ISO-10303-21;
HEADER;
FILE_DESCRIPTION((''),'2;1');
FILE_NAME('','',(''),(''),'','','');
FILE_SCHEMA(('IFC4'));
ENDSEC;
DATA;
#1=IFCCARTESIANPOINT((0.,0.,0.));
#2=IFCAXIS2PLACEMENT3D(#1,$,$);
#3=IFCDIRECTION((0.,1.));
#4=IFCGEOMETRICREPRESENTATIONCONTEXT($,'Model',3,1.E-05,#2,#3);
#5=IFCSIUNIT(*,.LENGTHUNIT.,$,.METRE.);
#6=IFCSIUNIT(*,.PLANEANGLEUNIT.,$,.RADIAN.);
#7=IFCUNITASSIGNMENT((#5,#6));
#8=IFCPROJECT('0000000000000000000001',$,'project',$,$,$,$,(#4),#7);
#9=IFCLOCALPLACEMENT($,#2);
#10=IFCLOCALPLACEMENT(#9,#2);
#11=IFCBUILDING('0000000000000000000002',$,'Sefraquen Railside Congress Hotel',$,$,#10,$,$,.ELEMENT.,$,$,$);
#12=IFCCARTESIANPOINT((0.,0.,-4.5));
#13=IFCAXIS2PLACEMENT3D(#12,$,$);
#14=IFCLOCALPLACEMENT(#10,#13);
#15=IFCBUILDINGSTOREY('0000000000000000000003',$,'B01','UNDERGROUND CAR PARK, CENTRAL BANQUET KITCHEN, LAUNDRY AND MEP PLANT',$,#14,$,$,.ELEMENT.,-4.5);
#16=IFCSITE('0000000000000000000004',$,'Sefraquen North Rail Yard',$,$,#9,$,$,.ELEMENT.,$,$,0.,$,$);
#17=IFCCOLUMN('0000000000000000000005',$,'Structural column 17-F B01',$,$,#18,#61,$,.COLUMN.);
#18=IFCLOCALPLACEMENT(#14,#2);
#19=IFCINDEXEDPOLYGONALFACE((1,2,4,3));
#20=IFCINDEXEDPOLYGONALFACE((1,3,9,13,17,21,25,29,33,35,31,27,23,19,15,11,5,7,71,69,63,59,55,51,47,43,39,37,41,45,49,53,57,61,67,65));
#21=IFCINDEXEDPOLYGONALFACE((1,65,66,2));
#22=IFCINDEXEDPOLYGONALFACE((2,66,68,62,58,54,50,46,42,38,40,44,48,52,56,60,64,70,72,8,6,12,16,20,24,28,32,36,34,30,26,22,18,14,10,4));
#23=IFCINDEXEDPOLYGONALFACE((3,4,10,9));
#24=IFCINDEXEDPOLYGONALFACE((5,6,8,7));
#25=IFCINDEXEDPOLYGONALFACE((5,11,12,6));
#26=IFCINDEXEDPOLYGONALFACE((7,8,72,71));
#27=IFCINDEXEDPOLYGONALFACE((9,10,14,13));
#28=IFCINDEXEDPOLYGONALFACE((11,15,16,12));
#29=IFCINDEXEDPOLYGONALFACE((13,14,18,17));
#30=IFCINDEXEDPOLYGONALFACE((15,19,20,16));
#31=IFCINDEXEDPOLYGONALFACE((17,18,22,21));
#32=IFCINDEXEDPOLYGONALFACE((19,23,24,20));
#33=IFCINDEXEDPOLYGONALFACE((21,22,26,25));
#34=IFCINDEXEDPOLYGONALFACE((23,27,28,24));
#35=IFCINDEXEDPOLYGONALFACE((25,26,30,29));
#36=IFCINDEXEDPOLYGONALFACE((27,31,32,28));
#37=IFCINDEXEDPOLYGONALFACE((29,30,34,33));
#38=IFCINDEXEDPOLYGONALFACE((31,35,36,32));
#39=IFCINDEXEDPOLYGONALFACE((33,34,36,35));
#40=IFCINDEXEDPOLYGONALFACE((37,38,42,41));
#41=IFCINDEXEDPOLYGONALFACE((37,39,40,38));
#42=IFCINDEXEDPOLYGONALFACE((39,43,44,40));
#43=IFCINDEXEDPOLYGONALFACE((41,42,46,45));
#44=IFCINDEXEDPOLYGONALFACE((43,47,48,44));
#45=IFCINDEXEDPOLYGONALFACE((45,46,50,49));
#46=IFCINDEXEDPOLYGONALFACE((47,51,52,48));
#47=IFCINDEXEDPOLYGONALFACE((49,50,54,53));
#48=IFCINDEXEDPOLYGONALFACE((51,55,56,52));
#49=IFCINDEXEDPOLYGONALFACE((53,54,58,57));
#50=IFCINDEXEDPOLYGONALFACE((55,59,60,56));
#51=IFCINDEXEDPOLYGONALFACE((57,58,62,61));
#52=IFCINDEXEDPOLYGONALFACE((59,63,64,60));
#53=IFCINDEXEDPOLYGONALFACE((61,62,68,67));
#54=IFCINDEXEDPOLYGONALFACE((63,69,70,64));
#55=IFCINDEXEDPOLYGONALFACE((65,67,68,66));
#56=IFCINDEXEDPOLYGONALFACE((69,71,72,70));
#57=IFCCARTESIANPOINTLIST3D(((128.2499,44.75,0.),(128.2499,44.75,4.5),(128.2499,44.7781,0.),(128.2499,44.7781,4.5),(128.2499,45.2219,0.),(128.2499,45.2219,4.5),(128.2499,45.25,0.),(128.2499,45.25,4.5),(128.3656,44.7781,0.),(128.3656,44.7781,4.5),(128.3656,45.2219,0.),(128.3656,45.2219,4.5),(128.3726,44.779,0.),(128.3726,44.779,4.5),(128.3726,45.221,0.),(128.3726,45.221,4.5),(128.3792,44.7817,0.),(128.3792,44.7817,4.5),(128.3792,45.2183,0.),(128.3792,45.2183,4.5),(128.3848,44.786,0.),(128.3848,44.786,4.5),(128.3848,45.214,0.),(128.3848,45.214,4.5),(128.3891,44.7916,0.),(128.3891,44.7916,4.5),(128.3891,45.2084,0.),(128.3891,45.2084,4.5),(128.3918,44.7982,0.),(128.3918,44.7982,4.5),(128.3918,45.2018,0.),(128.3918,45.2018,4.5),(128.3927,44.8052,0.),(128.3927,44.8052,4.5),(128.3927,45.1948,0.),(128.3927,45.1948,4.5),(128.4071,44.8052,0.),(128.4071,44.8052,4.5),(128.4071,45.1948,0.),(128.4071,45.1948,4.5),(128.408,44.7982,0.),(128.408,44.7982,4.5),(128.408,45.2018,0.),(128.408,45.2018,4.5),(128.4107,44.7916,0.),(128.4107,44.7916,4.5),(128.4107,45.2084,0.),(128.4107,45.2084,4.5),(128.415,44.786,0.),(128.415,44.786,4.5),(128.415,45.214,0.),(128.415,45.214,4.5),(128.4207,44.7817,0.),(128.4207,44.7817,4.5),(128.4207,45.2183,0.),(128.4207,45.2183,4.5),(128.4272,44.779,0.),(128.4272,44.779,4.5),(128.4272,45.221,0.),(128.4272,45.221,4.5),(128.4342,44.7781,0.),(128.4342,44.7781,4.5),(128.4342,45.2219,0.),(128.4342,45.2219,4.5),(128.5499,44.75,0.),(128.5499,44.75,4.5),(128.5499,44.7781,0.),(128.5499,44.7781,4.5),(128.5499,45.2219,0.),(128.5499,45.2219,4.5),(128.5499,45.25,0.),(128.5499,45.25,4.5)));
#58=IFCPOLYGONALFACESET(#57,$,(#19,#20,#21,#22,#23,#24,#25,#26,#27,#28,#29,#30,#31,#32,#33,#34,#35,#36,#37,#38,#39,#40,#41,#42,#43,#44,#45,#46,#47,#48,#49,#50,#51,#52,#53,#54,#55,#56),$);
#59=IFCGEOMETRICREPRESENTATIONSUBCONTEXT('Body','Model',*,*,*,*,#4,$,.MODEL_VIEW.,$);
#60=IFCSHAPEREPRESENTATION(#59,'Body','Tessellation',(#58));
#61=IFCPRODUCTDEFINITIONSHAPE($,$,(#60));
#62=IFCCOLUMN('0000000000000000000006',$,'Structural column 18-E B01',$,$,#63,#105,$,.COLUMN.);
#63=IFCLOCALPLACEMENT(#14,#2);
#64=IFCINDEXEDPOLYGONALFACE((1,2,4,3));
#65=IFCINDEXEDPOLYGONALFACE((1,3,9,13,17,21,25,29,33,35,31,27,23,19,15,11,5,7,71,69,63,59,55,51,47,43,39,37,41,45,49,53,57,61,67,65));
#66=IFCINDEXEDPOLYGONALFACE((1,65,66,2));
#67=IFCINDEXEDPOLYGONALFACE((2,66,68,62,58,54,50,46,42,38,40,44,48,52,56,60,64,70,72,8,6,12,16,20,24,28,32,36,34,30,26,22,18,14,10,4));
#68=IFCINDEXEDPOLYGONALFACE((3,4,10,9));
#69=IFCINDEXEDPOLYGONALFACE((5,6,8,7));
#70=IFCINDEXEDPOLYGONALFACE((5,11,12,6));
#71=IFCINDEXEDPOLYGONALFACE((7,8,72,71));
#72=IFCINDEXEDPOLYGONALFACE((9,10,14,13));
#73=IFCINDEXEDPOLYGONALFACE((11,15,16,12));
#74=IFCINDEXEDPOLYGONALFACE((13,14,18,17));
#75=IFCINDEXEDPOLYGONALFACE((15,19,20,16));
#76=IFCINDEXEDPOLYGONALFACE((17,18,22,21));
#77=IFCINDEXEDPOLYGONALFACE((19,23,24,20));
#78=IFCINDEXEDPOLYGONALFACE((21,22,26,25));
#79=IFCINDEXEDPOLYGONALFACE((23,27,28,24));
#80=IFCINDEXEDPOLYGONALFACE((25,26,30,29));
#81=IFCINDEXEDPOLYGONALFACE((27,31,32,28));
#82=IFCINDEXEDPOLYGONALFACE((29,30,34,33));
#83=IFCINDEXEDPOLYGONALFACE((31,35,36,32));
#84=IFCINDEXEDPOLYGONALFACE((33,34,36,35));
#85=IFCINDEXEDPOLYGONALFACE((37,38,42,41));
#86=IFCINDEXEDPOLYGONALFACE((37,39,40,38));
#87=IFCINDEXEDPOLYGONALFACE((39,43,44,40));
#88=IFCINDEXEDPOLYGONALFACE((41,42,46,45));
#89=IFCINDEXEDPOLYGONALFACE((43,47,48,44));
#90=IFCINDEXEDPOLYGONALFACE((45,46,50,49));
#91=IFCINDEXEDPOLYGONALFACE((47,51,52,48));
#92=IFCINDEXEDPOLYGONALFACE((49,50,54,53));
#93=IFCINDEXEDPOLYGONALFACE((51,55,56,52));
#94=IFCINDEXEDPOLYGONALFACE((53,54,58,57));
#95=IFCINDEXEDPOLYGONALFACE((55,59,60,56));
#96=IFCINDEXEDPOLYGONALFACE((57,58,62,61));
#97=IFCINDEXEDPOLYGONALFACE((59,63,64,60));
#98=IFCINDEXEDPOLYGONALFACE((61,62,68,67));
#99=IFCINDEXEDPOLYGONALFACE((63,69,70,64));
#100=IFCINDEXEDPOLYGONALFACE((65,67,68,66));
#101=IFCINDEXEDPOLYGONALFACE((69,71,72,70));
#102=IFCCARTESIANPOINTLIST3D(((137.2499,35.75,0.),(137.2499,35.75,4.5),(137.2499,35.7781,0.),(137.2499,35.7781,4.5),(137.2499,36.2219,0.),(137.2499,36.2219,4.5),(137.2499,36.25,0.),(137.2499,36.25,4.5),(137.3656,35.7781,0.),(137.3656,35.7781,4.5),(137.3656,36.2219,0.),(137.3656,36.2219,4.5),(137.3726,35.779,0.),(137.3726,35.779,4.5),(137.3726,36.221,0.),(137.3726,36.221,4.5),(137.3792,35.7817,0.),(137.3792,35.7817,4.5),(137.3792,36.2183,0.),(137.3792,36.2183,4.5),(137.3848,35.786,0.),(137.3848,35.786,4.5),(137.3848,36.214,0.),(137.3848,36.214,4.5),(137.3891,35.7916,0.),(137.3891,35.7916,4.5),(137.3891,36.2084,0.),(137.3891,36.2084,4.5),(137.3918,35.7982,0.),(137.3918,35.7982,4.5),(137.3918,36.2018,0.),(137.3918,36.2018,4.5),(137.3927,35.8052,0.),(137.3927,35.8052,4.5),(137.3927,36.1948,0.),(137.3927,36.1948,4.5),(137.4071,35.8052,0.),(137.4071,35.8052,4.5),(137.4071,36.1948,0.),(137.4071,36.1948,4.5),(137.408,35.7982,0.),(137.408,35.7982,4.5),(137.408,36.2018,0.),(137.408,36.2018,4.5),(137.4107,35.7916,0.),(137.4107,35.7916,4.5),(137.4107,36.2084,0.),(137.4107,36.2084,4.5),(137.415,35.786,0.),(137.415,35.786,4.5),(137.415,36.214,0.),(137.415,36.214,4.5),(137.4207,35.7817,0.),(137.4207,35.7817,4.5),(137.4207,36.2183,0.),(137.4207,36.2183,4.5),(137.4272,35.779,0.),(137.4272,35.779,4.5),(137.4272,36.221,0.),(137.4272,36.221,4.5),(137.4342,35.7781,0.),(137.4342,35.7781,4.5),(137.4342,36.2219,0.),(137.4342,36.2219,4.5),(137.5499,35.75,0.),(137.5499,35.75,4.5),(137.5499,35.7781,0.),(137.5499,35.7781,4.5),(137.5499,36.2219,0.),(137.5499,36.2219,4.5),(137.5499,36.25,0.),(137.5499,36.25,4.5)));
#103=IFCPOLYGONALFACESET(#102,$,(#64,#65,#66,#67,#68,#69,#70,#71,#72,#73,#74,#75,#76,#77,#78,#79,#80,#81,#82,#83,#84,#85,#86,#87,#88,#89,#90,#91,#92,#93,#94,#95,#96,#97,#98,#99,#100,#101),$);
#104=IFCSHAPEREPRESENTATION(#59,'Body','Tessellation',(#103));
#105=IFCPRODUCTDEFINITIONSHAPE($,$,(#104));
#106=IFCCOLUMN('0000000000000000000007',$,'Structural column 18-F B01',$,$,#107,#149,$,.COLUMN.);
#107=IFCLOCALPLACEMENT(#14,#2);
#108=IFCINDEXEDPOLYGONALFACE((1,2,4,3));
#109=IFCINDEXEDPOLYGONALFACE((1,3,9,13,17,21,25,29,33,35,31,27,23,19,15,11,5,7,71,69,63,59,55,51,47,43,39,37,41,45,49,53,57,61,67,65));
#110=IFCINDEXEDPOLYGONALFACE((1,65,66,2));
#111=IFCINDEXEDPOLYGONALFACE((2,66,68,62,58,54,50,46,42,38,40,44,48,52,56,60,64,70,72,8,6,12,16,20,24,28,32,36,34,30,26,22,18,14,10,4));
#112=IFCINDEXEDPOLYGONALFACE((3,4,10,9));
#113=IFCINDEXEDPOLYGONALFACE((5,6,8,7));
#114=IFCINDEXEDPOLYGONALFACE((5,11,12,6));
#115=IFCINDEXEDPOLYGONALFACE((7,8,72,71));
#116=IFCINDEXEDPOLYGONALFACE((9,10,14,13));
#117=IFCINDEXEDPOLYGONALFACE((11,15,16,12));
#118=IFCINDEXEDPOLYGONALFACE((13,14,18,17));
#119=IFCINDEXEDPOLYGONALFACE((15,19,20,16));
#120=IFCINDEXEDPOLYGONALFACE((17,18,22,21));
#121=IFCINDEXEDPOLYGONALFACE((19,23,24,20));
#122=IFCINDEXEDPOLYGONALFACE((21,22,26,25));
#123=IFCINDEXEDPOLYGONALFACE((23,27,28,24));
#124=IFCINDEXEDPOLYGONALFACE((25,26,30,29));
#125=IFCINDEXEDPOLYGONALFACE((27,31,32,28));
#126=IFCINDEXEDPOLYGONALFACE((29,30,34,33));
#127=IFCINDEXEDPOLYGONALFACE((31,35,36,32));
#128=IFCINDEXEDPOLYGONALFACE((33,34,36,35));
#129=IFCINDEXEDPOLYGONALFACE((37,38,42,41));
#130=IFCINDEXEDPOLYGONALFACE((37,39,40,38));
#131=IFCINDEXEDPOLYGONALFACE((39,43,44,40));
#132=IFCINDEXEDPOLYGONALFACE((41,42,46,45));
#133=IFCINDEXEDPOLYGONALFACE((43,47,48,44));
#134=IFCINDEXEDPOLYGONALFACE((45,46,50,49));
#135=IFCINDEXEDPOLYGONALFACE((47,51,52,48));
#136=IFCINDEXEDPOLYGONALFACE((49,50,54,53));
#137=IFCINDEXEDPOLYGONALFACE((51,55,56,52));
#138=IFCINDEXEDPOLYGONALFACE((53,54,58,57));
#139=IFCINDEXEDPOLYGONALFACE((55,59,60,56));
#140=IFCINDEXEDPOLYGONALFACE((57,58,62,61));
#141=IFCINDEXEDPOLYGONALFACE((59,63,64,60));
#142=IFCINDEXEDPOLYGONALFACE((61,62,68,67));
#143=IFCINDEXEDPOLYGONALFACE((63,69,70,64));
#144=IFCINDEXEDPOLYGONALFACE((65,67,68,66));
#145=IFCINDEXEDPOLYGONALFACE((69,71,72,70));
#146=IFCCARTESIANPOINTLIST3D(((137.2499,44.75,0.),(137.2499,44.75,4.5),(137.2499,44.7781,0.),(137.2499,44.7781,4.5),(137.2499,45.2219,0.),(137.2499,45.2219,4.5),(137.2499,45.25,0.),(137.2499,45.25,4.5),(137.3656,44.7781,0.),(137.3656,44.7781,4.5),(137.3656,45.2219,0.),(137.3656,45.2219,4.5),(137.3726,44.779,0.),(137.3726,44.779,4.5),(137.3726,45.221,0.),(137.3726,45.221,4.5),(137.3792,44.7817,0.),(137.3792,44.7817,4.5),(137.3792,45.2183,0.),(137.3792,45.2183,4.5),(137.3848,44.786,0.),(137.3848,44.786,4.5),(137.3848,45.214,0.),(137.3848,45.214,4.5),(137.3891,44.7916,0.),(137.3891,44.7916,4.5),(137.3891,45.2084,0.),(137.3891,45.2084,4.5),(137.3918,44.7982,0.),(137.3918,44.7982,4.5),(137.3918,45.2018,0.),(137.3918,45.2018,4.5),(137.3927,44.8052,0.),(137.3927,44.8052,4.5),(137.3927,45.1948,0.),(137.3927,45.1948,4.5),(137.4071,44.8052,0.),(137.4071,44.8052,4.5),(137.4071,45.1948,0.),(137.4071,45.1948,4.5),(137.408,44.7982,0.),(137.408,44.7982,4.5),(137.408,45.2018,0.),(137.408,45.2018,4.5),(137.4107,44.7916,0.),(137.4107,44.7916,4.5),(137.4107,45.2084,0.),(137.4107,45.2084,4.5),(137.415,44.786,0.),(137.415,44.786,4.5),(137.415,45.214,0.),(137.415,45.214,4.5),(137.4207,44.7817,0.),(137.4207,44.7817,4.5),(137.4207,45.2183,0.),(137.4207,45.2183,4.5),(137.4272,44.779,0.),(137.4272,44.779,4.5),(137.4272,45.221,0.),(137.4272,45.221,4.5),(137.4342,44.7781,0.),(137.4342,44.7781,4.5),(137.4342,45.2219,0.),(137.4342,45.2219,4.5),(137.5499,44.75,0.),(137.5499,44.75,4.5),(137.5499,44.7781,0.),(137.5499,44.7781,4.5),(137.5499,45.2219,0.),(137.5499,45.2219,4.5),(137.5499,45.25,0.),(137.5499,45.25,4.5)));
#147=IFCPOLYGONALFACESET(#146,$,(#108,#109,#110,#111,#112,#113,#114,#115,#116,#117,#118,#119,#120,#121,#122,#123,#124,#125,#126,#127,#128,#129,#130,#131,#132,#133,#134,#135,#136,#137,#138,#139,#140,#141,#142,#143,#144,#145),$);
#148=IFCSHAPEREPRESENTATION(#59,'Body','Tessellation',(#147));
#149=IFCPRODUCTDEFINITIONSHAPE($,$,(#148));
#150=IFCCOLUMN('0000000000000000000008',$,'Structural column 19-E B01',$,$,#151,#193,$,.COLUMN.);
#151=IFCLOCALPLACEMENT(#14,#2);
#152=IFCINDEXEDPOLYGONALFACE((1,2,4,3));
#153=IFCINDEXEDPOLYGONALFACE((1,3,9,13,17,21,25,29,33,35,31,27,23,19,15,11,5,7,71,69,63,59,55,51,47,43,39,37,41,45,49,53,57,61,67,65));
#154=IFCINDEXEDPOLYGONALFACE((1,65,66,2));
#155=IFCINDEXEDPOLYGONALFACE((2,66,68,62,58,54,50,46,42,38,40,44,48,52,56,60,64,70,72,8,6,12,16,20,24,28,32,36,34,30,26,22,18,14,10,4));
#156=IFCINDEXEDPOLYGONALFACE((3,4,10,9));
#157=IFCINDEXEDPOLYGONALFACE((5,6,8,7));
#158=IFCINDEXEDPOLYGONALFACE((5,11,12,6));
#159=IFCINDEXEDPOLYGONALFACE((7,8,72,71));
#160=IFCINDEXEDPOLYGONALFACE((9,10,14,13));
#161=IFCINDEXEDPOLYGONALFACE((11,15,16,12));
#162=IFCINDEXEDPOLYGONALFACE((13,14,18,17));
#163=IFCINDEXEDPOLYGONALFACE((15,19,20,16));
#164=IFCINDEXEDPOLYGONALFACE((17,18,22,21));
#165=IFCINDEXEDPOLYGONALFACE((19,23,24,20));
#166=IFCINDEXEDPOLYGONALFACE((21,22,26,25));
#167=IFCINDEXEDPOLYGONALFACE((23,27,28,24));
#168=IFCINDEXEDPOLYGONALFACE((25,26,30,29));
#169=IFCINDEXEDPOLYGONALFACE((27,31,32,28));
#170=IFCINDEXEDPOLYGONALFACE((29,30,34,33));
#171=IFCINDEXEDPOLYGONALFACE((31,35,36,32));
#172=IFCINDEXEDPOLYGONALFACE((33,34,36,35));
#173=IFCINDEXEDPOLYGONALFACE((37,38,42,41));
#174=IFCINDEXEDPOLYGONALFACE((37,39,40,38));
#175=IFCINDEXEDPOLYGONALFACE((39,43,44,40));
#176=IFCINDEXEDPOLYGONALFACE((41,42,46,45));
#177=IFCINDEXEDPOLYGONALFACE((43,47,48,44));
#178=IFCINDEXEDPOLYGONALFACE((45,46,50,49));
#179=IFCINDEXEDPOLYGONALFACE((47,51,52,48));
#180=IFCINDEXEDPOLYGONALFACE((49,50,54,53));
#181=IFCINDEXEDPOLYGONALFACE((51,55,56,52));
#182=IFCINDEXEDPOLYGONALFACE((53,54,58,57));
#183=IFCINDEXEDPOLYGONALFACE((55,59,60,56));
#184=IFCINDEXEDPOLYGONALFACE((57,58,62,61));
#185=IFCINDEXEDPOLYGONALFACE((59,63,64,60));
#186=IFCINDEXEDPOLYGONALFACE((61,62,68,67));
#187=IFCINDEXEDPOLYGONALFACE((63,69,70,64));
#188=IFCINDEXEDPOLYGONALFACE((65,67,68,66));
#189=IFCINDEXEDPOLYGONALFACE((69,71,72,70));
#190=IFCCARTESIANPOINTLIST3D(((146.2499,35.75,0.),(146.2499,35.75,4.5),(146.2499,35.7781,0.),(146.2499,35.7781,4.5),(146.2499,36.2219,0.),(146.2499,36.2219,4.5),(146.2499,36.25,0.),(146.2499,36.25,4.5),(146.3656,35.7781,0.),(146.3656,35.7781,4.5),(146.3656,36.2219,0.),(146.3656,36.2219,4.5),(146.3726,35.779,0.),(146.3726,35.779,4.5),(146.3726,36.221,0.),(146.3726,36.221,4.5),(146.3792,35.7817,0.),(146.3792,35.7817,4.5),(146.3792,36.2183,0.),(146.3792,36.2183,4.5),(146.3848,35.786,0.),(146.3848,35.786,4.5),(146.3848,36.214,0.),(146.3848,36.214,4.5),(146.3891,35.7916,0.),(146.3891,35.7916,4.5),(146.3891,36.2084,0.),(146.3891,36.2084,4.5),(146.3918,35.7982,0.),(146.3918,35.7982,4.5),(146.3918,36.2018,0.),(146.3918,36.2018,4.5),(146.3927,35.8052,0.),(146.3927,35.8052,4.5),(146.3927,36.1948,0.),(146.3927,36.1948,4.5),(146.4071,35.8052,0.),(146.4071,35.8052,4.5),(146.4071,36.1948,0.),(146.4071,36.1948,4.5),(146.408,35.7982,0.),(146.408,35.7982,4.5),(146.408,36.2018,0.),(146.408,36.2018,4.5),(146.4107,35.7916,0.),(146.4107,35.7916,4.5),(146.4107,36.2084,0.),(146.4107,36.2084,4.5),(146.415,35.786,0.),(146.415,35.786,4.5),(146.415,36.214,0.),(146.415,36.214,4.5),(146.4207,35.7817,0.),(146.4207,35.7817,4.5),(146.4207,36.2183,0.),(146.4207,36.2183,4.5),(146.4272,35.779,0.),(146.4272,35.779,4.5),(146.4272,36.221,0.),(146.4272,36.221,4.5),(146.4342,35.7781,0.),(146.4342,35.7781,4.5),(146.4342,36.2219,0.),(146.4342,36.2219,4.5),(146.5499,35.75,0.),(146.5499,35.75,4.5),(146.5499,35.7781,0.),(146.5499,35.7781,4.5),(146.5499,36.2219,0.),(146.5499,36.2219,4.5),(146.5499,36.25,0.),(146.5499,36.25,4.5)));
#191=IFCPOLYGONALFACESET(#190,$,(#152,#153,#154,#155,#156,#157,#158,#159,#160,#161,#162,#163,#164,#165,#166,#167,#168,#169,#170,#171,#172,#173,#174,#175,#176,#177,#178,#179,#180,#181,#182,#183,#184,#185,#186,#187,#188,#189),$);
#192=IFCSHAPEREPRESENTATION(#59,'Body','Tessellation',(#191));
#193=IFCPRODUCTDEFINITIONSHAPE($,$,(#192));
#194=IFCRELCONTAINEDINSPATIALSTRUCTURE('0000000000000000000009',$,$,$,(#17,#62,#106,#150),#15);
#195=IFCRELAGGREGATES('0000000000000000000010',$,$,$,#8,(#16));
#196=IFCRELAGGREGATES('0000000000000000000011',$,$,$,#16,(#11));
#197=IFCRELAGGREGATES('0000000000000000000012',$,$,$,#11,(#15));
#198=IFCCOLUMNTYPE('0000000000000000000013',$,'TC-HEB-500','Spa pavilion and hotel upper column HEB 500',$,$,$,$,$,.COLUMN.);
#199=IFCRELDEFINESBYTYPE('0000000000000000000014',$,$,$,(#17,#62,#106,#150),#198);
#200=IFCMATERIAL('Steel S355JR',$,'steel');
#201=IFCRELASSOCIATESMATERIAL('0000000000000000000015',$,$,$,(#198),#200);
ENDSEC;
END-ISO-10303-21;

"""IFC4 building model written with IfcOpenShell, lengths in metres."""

from ifc_helpers import new_model, si_unit, direction, frame, origin, origin_2d, place, context, subcontext, project, spatial, i_section, extrude, material, material_profile, profile_set, type_object, element, save


model = new_model("IFC4")

# Units and contexts
model_context = context("Model", 3, precision=1e-05, world=origin(), true_north=direction((0.0, 1.0)))
body_context = subcontext(model_context, "Body", "Model", "MODEL_VIEW")
ifc_project = project(units=[si_unit("LENGTHUNIT", "METRE"), si_unit("PLANEANGLEUNIT", "RADIAN")], contexts=[model_context])

# Site, building, storey
site_placement = place(None, origin())
site = spatial("IfcSite", under=ifc_project, at=site_placement, Name="Sefraquen North Rail Yard", CompositionType="ELEMENT", RefElevation=0.0)
building_placement = place(site_placement, origin())
building = spatial("IfcBuilding", under=site, at=building_placement, Name="Sefraquen Railside Congress Hotel", CompositionType="ELEMENT")
storey_placement = place(building_placement, frame((0.0, 0.0, -4.5)))
storey = spatial("IfcBuildingStorey", under=building, at=storey_placement, Name="B01", Description="UNDERGROUND CAR PARK, CENTRAL BANQUET KITCHEN, LAUNDRY AND MEP PLANT", CompositionType="ELEMENT", Elevation=-4.5)

# Columns
ifc_material_1 = material(Name="Steel S355JR", Category="steel")
ifc_material_profile_1 = material_profile(ifc_material_1, i_section(OverallWidth=0.3, OverallDepth=0.5, WebThickness=0.0144, FlangeThickness=0.0281, FilletRadius=0.0271, at=origin_2d()), Name="HEB 500")
ifc_profile_set_1 = profile_set([ifc_material_profile_1], Name="Steel S355JR")
column_type_1 = type_object("IfcColumnType", Name="TC-HEB-500", Description="Spa pavilion and hotel upper column HEB 500", PredefinedType="COLUMN", material=ifc_profile_set_1)
for number, where, z_axis, x_axis, name in (
    (1, (128.3999, 45.0, 0.0), (0.0, 0.0, 1.0), (1.0, 0.0, 0.0), "Structural column 17-F B01"),
    (2, (137.3999, 36.0, 0.0), (0.0, 0.0, 1.0), (1.0, 0.0, 0.0), "Structural column 18-E B01"),
    (3, (137.3999, 45.0, 0.0), (0.0, 0.0, 1.0), (1.0, 0.0, 0.0), "Structural column 18-F B01"),
    (4, (146.3999, 36.0, 0.0), (0.0, 0.0, 1.0), (1.0, 0.0, 0.0), "Structural column 19-E B01"),
):
    element("IfcColumn", number, at=place(storey_placement, frame(where, z_axis=z_axis, x_axis=x_axis)), inside=storey, type_object=column_type_1, Name=name, PredefinedType="COLUMN", context=body_context, shape_type="SweptSolid", body=[
        extrude(i_section(OverallWidth=0.3, OverallDepth=0.5, WebThickness=0.0144, FlangeThickness=0.0281, FilletRadius=0.0271, at=origin_2d()), origin(), (0.0, 0.0, 1.0), 4.5),
    ])

save(model, "model.ifc")
